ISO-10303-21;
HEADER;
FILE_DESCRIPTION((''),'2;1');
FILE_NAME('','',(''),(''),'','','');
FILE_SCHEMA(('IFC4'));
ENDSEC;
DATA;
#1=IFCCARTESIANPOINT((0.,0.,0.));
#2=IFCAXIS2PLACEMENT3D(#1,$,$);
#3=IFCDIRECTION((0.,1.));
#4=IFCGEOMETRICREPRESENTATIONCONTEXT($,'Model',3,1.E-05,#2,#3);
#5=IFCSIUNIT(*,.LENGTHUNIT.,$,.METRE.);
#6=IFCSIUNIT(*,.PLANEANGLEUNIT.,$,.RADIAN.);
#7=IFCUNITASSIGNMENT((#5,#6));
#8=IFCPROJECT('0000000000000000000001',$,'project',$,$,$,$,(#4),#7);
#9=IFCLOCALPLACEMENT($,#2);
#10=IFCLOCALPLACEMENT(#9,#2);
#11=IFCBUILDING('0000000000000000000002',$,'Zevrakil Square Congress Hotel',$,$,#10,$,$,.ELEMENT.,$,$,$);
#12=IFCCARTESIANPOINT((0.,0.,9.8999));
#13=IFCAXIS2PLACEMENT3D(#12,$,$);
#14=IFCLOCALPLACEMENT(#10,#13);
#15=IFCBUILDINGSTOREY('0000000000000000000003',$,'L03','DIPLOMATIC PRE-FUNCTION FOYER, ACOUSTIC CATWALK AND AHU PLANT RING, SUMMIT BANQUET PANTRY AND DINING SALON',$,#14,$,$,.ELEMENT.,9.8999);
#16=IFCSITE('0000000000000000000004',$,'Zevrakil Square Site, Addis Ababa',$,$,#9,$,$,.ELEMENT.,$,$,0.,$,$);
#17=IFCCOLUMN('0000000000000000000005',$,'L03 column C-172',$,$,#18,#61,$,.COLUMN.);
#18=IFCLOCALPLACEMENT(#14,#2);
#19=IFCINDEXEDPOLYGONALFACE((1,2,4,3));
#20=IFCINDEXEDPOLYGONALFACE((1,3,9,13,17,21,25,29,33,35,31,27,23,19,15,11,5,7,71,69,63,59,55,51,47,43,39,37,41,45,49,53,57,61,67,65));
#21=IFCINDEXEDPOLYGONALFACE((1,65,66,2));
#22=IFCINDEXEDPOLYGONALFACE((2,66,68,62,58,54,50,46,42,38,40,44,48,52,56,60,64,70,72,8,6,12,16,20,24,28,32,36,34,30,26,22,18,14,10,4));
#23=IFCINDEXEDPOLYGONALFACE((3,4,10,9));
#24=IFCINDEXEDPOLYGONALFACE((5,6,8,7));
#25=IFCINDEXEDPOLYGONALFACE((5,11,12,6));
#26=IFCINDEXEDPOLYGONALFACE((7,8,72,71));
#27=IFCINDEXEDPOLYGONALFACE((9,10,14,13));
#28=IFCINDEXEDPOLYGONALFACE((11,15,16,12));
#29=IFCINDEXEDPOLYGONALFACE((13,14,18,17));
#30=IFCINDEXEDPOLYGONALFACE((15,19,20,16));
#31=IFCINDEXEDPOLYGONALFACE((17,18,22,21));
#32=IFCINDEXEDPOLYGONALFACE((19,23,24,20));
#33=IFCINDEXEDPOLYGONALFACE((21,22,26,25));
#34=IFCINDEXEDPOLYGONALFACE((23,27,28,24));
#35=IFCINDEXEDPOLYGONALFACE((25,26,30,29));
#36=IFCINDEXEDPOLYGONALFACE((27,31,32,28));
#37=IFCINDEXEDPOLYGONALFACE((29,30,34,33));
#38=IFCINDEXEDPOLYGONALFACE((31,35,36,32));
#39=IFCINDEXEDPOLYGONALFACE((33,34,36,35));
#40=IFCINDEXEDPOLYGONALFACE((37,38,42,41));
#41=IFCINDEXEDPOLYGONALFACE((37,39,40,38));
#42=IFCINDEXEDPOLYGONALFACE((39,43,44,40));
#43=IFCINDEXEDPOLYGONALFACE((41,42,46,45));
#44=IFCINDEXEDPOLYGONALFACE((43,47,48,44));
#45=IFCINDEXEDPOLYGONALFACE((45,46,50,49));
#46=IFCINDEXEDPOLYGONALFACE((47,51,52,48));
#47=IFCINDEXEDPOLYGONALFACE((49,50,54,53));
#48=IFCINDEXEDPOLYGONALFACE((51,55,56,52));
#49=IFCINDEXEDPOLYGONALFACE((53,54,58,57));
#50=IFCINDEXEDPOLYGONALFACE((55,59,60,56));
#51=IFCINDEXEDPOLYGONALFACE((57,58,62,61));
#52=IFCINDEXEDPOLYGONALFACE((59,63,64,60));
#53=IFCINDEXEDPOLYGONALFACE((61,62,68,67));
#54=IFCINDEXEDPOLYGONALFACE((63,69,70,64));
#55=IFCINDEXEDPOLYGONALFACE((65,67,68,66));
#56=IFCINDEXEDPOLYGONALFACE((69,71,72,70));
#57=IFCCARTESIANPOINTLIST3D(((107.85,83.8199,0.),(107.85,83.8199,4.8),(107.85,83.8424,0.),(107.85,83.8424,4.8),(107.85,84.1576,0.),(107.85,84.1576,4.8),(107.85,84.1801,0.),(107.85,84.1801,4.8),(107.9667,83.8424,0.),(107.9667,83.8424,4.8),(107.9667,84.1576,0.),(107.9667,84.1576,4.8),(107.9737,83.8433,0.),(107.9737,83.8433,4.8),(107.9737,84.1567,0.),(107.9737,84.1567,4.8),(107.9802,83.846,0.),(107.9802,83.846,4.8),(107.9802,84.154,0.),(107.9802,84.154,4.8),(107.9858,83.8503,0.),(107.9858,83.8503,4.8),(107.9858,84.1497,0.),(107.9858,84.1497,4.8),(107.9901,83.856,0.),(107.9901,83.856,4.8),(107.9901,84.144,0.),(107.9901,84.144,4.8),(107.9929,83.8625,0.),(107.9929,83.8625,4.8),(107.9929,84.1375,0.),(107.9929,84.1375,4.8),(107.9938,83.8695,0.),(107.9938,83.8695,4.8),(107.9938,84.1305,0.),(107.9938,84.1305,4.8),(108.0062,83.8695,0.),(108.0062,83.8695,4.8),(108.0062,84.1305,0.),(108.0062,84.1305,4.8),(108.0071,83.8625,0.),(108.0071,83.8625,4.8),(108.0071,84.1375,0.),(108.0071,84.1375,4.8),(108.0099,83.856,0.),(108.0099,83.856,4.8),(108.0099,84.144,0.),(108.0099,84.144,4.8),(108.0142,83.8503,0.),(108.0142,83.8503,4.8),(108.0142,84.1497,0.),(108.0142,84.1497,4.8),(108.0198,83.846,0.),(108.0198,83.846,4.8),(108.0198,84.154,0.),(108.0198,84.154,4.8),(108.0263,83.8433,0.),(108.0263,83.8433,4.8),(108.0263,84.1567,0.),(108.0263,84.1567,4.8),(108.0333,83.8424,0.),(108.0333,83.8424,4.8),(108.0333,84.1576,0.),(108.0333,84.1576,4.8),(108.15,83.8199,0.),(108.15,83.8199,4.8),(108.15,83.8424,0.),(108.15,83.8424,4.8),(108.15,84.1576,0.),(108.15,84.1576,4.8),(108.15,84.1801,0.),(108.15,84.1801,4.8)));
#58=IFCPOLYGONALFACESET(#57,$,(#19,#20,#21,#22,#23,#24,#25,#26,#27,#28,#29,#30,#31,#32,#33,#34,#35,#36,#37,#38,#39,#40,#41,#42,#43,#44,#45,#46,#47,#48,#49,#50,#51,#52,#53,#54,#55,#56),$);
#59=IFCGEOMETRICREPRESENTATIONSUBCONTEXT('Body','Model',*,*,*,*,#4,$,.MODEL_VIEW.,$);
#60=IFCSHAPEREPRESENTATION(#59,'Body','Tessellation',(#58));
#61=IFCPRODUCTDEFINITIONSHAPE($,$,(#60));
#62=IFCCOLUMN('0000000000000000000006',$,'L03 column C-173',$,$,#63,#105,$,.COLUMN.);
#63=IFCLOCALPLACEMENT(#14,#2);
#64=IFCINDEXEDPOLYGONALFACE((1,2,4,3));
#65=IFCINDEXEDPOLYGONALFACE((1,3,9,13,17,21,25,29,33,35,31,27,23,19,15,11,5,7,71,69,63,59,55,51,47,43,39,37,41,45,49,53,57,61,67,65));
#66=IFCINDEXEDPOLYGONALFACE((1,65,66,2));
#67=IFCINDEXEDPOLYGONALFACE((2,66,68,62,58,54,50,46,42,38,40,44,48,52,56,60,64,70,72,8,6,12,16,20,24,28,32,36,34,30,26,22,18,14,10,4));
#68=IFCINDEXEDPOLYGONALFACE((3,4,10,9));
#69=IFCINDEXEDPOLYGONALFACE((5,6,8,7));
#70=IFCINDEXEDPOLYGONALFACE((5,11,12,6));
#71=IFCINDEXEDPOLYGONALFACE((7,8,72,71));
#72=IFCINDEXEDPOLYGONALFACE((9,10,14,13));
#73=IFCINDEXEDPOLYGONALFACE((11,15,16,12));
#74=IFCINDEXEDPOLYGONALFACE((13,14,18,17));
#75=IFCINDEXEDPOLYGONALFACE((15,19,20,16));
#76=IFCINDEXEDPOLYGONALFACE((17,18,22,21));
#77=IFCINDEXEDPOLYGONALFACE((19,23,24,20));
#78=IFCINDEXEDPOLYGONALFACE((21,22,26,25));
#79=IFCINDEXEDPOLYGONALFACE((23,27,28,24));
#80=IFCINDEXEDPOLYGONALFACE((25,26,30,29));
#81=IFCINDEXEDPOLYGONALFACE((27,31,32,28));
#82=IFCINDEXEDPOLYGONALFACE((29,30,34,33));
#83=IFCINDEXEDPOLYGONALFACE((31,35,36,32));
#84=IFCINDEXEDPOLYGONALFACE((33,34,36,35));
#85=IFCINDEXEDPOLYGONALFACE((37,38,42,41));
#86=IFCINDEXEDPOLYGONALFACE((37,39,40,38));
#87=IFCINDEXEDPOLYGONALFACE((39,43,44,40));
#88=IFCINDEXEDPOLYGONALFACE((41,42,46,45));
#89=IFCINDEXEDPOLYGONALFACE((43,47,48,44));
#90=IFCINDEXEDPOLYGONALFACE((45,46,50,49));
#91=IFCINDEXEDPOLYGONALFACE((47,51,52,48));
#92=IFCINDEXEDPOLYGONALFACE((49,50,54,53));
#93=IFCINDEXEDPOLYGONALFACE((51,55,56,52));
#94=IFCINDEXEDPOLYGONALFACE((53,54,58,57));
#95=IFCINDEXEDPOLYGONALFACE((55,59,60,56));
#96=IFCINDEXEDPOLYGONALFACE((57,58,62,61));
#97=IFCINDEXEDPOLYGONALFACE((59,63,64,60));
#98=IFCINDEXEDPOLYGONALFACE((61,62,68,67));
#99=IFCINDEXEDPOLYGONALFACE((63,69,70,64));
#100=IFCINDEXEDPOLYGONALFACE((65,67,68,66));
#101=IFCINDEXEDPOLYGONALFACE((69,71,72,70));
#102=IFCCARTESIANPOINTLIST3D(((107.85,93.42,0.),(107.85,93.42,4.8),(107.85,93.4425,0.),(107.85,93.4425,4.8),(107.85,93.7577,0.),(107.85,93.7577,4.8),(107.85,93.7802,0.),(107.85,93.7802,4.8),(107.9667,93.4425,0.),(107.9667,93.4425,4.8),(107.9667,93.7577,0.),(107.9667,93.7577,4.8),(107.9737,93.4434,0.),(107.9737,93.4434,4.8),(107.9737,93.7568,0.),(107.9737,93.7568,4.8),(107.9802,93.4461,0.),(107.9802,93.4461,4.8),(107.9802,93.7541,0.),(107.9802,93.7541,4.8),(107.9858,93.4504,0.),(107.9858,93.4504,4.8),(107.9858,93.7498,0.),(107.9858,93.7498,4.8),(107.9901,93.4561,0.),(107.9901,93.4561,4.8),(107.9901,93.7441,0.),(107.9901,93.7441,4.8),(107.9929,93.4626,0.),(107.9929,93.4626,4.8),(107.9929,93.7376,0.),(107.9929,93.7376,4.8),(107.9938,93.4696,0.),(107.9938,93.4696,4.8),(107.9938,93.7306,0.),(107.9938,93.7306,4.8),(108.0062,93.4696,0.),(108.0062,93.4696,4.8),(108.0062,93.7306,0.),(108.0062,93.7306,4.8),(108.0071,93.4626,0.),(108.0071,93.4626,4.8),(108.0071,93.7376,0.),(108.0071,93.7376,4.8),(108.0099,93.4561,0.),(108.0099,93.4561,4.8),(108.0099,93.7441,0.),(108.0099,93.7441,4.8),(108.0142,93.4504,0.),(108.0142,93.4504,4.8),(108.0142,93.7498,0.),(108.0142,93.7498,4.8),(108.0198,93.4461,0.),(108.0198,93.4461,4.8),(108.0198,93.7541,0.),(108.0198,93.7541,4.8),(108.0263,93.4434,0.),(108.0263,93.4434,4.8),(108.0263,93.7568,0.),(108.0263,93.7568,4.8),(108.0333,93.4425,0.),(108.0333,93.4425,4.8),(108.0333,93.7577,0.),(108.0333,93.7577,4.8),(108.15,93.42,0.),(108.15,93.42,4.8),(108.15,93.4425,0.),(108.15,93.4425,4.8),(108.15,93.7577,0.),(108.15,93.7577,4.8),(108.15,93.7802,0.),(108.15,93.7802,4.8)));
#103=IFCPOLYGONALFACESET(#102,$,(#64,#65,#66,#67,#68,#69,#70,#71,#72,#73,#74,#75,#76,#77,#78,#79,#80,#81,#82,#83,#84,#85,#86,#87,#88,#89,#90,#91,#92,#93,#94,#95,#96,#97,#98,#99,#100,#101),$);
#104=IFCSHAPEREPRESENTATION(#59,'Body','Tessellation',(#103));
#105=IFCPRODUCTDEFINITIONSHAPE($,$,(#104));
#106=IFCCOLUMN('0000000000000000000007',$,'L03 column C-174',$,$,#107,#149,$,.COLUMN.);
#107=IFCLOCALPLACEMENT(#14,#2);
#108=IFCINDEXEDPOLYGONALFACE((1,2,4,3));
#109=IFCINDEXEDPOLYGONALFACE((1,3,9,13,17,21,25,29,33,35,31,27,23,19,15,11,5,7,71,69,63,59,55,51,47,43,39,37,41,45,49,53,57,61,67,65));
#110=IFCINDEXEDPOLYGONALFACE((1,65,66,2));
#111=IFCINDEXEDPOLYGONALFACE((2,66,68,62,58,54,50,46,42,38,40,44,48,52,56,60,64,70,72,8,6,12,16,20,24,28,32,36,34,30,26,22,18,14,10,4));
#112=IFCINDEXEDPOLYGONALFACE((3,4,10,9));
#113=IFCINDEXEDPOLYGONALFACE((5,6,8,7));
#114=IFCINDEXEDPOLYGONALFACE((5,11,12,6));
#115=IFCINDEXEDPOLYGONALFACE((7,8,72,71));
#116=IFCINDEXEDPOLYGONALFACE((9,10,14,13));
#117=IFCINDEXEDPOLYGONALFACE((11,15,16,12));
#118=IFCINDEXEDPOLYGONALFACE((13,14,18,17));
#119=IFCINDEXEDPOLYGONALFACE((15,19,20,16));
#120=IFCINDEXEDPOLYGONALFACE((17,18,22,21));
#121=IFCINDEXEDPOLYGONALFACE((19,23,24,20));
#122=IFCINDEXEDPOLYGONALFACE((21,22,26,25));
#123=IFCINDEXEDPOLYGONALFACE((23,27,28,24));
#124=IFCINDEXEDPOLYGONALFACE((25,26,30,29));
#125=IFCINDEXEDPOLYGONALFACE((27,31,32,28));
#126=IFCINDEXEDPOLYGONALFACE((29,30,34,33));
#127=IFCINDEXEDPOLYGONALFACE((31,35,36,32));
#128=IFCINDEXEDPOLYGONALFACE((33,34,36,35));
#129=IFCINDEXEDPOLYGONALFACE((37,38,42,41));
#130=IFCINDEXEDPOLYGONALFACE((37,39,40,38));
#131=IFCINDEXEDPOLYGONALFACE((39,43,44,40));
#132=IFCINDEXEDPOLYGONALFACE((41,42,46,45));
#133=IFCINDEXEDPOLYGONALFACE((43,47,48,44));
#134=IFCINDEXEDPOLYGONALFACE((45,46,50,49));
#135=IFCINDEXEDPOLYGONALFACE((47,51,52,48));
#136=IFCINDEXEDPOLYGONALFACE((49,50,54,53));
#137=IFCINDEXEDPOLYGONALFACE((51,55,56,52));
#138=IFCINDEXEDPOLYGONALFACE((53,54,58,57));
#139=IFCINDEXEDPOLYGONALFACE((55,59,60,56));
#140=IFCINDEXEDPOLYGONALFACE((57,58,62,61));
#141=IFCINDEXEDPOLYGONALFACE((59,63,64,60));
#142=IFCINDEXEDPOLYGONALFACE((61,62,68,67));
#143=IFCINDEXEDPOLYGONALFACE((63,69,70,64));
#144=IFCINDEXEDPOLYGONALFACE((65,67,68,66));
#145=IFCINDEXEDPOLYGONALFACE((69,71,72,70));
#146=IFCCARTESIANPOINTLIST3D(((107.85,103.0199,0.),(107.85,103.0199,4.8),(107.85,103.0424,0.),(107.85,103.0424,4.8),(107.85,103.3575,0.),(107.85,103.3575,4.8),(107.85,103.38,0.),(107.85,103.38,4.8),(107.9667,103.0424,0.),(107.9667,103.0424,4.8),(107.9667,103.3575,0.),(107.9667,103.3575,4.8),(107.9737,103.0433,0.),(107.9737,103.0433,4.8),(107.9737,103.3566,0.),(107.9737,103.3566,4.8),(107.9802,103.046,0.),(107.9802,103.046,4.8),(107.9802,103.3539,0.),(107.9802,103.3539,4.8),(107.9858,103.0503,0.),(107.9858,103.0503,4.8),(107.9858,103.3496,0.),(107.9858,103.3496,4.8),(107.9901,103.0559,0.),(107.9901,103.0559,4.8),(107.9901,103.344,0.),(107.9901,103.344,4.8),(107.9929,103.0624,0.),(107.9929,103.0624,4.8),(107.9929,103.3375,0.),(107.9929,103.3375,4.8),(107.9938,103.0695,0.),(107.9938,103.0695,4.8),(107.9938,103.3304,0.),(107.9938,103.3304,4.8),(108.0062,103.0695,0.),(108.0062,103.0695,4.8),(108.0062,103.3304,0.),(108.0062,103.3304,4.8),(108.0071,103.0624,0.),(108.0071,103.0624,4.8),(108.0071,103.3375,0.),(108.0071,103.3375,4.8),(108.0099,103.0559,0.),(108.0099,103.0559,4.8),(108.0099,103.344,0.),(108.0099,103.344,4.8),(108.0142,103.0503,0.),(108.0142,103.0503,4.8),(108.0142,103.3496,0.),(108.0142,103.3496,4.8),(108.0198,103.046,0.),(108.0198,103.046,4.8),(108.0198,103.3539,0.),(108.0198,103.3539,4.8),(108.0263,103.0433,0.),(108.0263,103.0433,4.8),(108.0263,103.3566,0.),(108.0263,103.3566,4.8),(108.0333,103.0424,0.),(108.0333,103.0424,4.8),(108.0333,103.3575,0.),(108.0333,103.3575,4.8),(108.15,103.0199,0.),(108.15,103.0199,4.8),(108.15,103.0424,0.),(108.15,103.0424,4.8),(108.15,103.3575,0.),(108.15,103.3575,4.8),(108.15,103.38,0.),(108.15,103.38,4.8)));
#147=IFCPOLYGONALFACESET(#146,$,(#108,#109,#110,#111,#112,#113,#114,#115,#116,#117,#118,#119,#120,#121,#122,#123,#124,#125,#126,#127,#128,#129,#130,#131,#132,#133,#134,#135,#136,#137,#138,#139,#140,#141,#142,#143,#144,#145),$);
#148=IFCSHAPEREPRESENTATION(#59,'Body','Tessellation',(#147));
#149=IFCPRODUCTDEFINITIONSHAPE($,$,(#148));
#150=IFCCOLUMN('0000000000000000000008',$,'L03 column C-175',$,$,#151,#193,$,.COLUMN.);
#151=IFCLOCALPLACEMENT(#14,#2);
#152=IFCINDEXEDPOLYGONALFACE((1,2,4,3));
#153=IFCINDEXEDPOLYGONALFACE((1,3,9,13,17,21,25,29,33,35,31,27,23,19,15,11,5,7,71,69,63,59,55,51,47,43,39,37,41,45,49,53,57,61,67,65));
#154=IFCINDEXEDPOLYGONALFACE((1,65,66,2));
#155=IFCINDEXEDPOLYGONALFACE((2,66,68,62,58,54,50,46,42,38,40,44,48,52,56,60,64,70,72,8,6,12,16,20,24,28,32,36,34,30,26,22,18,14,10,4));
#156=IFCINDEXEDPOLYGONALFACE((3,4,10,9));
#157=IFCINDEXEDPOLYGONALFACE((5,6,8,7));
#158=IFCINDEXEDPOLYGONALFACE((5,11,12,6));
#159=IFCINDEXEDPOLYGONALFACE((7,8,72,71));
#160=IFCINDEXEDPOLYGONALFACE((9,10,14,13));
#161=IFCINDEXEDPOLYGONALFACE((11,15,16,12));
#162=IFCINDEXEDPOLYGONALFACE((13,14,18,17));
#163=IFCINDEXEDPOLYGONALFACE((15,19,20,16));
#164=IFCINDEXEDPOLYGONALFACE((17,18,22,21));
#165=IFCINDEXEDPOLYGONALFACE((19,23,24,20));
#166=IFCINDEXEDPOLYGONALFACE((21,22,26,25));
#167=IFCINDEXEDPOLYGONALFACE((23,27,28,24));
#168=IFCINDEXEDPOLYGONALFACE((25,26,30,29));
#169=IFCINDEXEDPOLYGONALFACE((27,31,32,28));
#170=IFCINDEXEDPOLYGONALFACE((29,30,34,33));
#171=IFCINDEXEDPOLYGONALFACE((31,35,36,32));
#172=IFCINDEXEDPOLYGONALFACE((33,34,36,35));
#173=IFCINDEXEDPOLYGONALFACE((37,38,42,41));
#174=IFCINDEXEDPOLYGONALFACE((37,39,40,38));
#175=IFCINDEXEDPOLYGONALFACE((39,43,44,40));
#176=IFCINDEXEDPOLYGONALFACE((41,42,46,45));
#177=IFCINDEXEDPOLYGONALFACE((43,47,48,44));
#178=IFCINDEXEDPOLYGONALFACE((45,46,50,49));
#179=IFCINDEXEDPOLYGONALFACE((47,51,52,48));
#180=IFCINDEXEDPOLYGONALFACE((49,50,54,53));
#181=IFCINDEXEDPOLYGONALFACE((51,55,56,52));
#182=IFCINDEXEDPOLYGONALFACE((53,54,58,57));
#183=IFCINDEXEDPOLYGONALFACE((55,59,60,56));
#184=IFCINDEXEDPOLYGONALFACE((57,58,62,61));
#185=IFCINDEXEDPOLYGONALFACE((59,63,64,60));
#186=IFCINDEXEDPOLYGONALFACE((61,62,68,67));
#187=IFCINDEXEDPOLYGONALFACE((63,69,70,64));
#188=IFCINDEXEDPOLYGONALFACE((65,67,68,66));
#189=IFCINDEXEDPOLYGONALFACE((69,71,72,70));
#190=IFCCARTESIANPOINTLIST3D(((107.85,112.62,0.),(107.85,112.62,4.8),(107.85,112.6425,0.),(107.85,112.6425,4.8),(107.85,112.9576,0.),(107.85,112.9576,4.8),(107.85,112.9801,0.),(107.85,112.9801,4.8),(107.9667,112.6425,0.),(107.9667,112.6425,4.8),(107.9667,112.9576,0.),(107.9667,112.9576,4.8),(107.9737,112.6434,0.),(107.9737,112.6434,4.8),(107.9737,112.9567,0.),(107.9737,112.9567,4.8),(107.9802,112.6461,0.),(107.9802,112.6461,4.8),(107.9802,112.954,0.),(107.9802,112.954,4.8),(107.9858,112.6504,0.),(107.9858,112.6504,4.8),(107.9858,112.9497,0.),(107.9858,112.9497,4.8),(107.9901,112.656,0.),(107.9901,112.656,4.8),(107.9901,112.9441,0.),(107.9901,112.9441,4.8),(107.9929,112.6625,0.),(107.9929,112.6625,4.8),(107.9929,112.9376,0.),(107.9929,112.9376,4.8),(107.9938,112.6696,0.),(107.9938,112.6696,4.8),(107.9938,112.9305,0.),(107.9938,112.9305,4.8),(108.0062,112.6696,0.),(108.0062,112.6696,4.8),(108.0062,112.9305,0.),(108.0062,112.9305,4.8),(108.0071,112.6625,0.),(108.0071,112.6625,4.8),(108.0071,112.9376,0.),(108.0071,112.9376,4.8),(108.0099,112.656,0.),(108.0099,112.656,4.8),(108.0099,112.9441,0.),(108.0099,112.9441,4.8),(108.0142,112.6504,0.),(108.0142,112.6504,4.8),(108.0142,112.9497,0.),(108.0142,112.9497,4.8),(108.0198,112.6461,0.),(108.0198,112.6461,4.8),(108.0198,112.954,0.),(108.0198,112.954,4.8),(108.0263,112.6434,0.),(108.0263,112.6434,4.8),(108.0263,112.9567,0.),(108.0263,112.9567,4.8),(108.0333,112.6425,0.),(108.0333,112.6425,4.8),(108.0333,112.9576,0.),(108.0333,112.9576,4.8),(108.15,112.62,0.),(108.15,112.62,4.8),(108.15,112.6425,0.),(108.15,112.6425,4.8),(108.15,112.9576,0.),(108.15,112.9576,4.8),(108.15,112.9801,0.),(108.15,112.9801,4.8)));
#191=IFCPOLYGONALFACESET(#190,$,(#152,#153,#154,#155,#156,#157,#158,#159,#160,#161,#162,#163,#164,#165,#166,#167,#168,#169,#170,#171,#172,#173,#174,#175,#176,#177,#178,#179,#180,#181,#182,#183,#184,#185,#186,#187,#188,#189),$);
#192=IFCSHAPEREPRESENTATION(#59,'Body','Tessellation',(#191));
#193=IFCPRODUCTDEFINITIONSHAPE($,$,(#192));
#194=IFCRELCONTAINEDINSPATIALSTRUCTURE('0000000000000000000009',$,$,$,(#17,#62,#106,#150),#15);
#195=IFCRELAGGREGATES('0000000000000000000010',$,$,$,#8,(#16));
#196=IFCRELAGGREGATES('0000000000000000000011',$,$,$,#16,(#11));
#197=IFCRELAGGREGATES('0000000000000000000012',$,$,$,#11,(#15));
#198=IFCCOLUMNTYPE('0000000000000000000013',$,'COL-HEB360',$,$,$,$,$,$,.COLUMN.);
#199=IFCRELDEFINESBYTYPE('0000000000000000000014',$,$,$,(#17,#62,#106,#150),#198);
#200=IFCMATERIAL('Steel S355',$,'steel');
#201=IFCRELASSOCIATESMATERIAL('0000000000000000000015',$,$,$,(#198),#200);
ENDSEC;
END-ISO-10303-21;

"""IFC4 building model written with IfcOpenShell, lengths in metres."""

from ifc_helpers import new_model, si_unit, direction, frame, origin, origin_2d, place, context, subcontext, project, spatial, i_section, extrude, material, material_profile, profile_set, type_object, element, save


model = new_model("IFC4")

# Units and contexts
model_context = context("Model", 3, precision=1e-05, world=origin(), true_north=direction((0.0, 1.0)))
body_context = subcontext(model_context, "Body", "Model", "MODEL_VIEW")
ifc_project = project(units=[si_unit("LENGTHUNIT", "METRE"), si_unit("PLANEANGLEUNIT", "RADIAN")], contexts=[model_context])

# Site, building, storey
site_placement = place(None, origin())
site = spatial("IfcSite", under=ifc_project, at=site_placement, Name="Zevrakil Square Site, Addis Ababa", CompositionType="ELEMENT", RefElevation=0.0)
building_placement = place(site_placement, origin())
building = spatial("IfcBuilding", under=site, at=building_placement, Name="Zevrakil Square Congress Hotel", CompositionType="ELEMENT")
storey_placement = place(building_placement, frame((0.0, 0.0, 9.8999)))
storey = spatial("IfcBuildingStorey", under=building, at=storey_placement, Name="L03", Description="DIPLOMATIC PRE-FUNCTION FOYER, ACOUSTIC CATWALK AND AHU PLANT RING, SUMMIT BANQUET PANTRY AND DINING SALON", CompositionType="ELEMENT", Elevation=9.8999)

# Columns
ifc_material_1 = material(Name="Steel S355", Category="steel")
ifc_material_profile_1 = material_profile(ifc_material_1, i_section(OverallWidth=0.3, OverallDepth=0.3601, WebThickness=0.0125, FlangeThickness=0.0225, FilletRadius=0.0271, at=origin_2d()), Name="HEB 360")
ifc_profile_set_1 = profile_set([ifc_material_profile_1], Name="Steel S355")
column_type_1 = type_object("IfcColumnType", Name="COL-HEB360", PredefinedType="COLUMN", material=ifc_profile_set_1)
for number, where, z_axis, x_axis, name in (
    (1, (108.0, 84.0, 0.0), (0.0, 0.0, 1.0), (1.0, 0.0, 0.0), "L03 column C-172"),
    (2, (108.0, 93.6001, 0.0), (0.0, 0.0, 1.0), (1.0, 0.0, 0.0), "L03 column C-173"),
    (3, (108.0, 103.2, 0.0), (0.0, 0.0, 1.0), (1.0, 0.0, 0.0), "L03 column C-174"),
    (4, (108.0, 112.8, 0.0), (0.0, 0.0, 1.0), (1.0, 0.0, 0.0), "L03 column C-175"),
):
    element("IfcColumn", number, at=place(storey_placement, frame(where, z_axis=z_axis, x_axis=x_axis)), inside=storey, type_object=column_type_1, Name=name, PredefinedType="COLUMN", context=body_context, shape_type="SweptSolid", body=[
        extrude(i_section(OverallWidth=0.3, OverallDepth=0.3601, WebThickness=0.0125, FlangeThickness=0.0225, FilletRadius=0.0271, at=origin_2d()), origin(), (0.0, 0.0, 1.0), 4.8),
    ])

save(model, "model.ifc")
